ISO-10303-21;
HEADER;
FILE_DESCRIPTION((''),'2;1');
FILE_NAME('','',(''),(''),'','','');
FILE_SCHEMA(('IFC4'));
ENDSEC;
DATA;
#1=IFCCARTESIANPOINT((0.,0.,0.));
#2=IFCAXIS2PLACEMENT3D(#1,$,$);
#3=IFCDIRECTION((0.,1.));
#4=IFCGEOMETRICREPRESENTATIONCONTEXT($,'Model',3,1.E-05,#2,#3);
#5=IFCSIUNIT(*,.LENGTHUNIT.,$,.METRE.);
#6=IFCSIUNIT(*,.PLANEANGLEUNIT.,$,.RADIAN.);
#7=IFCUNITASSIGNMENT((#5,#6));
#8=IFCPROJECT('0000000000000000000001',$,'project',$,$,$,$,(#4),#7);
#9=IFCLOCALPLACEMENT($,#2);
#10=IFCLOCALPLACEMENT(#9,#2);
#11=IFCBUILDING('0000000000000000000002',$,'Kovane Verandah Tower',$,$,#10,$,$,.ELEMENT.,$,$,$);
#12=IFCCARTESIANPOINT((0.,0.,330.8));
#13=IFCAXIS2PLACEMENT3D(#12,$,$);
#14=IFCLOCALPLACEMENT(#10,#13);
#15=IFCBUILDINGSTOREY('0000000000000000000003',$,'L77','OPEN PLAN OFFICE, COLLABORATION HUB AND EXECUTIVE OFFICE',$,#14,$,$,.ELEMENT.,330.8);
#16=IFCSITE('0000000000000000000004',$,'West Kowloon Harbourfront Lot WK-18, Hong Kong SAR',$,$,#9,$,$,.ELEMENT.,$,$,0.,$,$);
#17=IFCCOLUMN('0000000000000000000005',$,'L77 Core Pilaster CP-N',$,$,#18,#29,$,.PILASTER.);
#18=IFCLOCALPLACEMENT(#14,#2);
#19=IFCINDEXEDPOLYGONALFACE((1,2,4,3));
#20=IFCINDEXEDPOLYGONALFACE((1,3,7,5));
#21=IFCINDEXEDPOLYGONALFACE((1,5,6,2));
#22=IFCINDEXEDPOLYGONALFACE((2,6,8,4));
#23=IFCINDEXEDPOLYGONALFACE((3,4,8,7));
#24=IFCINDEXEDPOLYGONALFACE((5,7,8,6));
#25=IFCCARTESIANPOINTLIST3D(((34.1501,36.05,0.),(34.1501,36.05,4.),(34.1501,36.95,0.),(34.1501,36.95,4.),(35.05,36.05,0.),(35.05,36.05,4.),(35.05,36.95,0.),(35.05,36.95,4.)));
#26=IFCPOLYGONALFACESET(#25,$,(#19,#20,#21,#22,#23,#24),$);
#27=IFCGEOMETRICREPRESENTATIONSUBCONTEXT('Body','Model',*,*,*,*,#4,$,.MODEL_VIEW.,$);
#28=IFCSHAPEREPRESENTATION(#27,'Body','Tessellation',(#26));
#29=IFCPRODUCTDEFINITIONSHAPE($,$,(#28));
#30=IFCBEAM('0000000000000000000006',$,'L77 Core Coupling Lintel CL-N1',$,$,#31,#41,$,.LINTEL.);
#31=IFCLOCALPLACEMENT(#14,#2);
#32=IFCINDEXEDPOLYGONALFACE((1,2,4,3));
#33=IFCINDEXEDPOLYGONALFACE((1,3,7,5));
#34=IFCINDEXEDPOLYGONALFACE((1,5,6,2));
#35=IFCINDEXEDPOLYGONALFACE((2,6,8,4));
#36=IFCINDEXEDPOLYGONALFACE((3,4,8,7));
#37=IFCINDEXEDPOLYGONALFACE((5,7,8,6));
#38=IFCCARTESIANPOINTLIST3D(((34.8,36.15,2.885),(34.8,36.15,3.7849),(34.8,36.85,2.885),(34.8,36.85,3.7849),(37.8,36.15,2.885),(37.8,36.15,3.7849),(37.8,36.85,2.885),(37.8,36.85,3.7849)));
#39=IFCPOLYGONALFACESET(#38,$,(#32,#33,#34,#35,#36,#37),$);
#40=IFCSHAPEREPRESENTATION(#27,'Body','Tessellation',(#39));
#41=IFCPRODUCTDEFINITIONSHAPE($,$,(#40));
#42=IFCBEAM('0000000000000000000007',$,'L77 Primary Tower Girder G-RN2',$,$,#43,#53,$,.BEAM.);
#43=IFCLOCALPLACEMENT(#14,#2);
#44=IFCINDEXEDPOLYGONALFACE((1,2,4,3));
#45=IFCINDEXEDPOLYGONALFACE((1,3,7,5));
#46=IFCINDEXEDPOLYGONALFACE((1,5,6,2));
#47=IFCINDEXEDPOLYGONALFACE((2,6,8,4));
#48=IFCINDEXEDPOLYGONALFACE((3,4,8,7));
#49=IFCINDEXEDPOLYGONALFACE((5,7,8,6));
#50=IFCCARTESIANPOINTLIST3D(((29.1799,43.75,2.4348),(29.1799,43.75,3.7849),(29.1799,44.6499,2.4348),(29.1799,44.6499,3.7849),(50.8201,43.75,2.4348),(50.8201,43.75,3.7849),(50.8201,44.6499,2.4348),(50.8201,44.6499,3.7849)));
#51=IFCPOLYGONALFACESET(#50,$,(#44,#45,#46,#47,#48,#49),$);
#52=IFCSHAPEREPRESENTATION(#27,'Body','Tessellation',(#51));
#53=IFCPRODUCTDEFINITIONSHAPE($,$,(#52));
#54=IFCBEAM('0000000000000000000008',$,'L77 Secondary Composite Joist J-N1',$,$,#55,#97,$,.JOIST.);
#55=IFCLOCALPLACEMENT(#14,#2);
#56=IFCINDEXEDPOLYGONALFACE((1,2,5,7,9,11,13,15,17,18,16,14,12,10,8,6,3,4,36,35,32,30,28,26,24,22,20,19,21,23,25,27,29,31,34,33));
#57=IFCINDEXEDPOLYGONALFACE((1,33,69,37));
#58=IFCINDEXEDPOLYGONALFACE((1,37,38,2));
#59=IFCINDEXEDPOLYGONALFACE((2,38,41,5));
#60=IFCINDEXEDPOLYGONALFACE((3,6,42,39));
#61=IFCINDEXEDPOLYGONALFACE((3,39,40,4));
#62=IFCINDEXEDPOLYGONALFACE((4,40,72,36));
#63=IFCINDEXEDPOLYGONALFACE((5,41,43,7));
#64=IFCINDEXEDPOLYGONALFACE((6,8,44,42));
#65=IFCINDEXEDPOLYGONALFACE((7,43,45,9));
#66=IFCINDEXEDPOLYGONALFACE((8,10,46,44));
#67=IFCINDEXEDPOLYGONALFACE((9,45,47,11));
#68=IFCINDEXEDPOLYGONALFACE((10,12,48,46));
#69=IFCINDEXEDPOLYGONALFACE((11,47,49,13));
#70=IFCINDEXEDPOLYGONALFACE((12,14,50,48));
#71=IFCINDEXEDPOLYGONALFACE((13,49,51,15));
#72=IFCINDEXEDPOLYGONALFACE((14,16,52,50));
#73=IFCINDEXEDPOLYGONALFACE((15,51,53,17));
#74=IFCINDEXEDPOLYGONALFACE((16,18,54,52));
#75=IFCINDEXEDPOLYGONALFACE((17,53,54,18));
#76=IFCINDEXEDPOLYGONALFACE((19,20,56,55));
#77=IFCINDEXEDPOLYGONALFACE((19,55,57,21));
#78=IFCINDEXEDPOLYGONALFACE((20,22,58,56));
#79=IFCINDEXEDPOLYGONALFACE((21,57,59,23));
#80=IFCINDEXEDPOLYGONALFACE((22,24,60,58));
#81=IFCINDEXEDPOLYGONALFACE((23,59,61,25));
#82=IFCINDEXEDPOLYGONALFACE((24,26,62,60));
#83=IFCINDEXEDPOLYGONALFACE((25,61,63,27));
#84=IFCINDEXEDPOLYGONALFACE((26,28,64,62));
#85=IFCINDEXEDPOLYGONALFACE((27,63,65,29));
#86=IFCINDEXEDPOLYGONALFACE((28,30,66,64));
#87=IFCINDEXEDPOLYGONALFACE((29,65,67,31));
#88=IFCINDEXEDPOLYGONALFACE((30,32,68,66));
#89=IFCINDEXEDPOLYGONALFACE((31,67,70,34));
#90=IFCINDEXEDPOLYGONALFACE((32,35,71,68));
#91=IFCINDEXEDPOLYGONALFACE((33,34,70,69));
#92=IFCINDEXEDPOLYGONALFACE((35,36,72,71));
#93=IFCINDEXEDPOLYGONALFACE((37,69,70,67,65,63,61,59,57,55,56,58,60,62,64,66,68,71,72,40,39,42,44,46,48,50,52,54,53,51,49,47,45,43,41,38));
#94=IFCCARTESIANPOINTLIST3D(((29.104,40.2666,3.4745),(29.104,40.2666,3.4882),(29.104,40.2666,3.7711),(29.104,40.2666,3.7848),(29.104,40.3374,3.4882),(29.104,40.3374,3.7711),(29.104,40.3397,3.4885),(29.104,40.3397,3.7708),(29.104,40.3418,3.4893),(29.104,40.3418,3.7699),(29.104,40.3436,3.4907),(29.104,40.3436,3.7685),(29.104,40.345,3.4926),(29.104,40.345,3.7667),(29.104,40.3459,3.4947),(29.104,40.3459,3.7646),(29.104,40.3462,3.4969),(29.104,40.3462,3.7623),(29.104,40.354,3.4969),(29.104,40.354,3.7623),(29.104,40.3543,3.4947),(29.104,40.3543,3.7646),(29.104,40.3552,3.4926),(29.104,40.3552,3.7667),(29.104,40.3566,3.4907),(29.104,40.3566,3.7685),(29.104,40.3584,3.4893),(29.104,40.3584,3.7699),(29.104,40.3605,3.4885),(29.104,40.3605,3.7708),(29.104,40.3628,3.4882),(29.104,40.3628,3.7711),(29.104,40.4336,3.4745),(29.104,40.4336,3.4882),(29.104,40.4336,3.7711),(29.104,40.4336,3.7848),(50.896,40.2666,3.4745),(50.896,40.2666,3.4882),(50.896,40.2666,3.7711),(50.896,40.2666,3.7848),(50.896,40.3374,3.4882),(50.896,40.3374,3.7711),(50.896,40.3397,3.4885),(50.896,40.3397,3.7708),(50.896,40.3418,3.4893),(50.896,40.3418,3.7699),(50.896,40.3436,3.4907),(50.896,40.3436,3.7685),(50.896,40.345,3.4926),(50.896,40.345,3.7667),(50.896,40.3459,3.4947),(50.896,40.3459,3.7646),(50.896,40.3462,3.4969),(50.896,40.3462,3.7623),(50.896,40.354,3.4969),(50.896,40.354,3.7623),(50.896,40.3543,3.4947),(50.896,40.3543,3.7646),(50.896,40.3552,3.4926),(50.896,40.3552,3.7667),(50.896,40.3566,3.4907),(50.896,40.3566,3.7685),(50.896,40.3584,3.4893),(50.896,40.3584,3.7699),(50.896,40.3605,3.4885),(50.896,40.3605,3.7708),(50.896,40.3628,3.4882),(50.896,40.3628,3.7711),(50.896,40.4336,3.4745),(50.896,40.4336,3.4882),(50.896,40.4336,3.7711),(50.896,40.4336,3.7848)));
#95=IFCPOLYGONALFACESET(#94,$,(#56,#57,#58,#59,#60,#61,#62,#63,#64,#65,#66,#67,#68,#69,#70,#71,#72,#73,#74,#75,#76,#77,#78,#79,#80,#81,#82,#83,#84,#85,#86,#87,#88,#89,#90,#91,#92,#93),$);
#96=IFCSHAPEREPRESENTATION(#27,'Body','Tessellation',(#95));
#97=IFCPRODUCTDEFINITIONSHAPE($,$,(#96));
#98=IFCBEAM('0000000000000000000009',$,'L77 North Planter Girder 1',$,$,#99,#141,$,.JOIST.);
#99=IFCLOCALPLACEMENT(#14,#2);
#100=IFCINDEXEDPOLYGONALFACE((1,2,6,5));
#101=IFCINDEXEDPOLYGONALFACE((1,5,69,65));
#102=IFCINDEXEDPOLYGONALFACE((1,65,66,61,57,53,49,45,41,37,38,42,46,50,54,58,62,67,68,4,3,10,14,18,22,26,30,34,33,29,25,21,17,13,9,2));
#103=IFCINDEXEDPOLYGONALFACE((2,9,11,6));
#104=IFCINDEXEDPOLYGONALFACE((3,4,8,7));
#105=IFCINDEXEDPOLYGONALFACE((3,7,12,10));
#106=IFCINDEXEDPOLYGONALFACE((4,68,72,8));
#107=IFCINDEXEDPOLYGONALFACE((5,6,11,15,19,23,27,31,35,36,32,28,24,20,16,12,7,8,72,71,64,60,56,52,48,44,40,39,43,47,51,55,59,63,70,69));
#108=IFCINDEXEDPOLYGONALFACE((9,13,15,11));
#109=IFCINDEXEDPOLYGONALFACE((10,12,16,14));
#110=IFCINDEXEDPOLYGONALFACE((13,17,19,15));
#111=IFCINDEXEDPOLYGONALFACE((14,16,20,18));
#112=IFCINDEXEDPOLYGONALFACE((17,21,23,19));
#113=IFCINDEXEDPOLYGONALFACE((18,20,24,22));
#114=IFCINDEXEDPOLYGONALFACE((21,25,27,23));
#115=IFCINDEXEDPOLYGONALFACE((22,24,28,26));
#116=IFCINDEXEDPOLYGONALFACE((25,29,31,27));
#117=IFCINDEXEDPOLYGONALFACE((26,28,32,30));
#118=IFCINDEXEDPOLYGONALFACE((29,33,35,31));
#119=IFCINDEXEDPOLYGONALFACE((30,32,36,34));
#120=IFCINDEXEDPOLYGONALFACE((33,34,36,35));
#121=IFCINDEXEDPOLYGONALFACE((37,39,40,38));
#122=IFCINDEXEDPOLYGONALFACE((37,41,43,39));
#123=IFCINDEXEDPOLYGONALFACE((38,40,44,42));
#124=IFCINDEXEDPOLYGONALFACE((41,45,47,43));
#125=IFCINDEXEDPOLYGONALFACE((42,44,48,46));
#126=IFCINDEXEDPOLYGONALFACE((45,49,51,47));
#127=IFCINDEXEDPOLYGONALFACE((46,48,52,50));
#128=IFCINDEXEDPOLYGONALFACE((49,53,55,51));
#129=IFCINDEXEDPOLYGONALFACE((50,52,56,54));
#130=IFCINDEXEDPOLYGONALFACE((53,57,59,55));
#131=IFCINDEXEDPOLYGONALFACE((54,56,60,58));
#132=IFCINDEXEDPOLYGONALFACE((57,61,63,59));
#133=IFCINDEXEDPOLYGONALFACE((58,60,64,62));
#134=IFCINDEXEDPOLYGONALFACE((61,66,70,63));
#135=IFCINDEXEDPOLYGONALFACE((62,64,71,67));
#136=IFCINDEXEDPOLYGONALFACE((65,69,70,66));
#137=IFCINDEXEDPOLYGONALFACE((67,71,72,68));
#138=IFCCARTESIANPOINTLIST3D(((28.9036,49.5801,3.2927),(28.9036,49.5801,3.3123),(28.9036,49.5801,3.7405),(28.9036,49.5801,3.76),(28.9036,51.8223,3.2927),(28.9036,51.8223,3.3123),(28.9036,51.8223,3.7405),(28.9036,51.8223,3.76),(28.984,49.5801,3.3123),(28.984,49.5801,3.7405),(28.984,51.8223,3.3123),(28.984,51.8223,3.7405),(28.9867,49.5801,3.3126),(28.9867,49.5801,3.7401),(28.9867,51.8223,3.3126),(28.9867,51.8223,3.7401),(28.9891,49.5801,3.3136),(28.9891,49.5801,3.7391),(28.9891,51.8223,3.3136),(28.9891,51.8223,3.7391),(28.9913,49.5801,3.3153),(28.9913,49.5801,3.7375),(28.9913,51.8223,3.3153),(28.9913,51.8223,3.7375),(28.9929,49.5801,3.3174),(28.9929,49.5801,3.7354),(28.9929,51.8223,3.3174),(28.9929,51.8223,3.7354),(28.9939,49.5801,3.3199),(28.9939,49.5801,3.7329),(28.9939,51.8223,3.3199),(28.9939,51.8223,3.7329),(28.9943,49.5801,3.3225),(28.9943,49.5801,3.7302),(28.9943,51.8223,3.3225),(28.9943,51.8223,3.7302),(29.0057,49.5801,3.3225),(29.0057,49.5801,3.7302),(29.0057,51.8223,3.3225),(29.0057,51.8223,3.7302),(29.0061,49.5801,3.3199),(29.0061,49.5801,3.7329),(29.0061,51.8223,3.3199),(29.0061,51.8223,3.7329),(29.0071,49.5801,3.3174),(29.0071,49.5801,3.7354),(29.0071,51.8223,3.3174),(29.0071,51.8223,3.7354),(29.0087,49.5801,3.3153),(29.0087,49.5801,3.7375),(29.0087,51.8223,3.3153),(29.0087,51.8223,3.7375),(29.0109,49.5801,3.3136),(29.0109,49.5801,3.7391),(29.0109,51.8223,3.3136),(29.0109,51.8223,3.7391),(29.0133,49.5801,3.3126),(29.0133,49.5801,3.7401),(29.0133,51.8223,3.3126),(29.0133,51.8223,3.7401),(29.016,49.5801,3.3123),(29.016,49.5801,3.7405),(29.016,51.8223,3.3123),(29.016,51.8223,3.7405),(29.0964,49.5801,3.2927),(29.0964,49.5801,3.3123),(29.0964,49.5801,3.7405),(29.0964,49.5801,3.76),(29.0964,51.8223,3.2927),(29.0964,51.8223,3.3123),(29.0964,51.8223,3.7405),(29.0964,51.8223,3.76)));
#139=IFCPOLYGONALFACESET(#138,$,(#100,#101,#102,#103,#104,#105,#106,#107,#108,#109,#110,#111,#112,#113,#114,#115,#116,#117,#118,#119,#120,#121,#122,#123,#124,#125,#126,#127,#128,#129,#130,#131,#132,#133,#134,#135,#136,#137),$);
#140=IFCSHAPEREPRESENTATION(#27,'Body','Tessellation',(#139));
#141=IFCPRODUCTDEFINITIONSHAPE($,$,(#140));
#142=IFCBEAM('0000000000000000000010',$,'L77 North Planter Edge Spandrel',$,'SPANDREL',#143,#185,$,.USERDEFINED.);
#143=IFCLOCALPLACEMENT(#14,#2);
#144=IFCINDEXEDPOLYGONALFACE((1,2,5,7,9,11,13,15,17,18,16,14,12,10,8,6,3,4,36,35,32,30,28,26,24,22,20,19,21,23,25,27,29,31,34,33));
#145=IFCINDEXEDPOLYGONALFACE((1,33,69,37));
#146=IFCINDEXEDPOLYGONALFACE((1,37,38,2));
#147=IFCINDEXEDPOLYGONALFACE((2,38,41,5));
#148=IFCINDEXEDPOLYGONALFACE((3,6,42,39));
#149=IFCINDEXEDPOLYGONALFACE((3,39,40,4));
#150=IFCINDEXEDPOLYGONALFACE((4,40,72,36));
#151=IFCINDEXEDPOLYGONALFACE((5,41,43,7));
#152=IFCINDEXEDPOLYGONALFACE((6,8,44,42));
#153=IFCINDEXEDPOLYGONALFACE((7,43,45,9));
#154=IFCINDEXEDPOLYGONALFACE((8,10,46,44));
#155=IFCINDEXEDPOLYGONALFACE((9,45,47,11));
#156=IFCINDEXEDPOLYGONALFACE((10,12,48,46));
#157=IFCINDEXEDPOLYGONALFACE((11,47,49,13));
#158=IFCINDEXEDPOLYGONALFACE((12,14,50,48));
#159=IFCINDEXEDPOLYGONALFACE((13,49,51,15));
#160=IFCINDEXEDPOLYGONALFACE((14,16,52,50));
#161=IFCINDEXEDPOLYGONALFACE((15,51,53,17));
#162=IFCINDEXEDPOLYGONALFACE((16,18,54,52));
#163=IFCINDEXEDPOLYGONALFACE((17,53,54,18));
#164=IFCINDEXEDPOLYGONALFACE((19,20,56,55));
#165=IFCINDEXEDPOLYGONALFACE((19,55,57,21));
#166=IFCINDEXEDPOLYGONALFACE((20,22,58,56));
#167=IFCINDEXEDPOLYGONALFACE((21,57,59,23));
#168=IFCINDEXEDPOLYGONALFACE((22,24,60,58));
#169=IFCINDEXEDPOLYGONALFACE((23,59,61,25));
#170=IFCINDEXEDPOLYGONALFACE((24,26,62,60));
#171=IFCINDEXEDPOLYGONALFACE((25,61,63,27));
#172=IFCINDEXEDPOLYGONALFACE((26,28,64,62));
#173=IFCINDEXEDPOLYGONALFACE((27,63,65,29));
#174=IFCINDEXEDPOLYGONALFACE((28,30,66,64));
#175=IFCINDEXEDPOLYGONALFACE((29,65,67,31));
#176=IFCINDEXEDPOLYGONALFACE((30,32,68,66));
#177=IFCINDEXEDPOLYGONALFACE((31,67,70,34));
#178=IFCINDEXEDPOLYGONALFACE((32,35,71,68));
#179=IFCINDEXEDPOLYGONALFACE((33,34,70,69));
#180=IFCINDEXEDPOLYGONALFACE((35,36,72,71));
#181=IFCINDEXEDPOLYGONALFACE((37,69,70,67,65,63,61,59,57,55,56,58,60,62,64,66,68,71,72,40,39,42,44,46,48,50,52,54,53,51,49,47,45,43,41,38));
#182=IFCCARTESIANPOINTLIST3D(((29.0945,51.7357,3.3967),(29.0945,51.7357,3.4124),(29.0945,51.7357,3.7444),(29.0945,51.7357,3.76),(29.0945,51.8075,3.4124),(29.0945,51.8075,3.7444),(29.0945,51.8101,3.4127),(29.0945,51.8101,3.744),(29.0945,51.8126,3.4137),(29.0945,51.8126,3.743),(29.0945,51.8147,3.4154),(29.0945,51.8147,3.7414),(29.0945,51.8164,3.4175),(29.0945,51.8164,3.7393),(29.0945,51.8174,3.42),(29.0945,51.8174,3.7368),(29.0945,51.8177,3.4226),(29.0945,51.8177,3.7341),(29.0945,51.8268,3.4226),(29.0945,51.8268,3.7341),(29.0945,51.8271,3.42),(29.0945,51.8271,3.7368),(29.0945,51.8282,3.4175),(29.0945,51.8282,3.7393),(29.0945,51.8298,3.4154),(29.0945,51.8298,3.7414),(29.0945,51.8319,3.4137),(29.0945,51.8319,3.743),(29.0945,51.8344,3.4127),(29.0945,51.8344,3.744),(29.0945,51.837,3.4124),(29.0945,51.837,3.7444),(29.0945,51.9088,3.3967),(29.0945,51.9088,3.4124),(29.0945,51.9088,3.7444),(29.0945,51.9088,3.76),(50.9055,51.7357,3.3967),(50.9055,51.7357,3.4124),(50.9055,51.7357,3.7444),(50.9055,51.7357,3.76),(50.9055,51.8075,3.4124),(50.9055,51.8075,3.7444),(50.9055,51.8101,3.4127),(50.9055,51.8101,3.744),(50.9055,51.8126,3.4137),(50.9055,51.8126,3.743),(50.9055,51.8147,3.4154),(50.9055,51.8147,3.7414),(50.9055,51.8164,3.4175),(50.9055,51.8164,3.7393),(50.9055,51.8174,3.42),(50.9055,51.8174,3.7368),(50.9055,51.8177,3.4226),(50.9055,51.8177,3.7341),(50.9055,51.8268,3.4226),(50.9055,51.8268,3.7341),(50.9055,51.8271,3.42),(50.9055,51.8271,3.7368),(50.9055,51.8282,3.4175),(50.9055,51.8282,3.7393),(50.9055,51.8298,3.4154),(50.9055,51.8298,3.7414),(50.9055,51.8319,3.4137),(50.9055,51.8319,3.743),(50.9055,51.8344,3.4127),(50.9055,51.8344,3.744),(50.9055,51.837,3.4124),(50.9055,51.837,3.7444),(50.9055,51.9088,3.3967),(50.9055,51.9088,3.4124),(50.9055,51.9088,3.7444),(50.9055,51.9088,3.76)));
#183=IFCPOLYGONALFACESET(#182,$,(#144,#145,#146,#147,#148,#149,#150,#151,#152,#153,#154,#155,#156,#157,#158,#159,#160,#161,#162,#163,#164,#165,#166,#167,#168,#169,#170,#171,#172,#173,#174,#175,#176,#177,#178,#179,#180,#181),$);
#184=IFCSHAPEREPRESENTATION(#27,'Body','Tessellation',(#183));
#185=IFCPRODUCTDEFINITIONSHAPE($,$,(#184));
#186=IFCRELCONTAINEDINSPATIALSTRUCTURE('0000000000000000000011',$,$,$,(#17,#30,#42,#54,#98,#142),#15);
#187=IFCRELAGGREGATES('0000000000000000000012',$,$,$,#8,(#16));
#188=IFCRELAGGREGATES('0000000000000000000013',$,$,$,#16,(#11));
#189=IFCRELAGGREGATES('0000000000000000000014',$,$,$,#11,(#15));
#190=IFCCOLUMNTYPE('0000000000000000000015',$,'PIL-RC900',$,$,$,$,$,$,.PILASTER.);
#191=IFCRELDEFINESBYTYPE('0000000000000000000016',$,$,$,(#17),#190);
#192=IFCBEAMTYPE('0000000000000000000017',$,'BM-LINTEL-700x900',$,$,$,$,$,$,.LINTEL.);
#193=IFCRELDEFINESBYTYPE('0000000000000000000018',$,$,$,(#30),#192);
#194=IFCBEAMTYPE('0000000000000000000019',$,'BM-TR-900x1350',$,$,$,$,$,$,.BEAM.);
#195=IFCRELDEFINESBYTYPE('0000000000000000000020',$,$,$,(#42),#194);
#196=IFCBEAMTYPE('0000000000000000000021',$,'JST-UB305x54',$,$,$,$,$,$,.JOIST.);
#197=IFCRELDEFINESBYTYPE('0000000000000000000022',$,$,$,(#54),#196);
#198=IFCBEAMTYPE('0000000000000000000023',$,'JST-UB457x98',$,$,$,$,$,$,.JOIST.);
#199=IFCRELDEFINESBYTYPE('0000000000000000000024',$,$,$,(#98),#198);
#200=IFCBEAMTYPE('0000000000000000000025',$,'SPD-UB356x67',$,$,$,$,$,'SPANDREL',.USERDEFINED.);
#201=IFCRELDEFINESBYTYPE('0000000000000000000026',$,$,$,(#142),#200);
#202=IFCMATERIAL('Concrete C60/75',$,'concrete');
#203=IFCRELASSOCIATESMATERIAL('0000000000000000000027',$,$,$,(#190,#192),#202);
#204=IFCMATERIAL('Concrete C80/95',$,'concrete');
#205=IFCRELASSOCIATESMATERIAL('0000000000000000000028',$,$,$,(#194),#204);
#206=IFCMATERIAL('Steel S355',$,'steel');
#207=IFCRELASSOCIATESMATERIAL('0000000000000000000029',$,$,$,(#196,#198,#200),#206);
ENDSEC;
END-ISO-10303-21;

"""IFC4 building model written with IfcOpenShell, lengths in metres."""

from ifc_helpers import new_model, si_unit, direction, frame, origin, origin_2d, place, context, subcontext, project, spatial, rectangle, i_section, extrude, material, material_profile, profile_set, type_object, element, save


model = new_model("IFC4")

# Units and contexts
model_context = context("Model", 3, precision=1e-05, world=origin(), true_north=direction((0.0, 1.0)))
body_context = subcontext(model_context, "Body", "Model", "MODEL_VIEW")
ifc_project = project(units=[si_unit("LENGTHUNIT", "METRE"), si_unit("PLANEANGLEUNIT", "RADIAN")], contexts=[model_context])

# Site, building, storey
site_placement = place(None, origin())
site = spatial("IfcSite", under=ifc_project, at=site_placement, Name="West Kowloon Harbourfront Lot WK-18, Hong Kong SAR", CompositionType="ELEMENT", RefElevation=0.0)
building_placement = place(site_placement, origin())
building = spatial("IfcBuilding", under=site, at=building_placement, Name="Kovane Verandah Tower", CompositionType="ELEMENT")
storey_placement = place(building_placement, frame((0.0, 0.0, 330.8)))
storey = spatial("IfcBuildingStorey", under=building, at=storey_placement, Name="L77", Description="OPEN PLAN OFFICE, COLLABORATION HUB AND EXECUTIVE OFFICE", CompositionType="ELEMENT", Elevation=330.8)

# Column
ifc_material_1 = material(Name="Concrete C60/75", Category="concrete")
ifc_material_profile_1 = material_profile(ifc_material_1, rectangle(XDim=0.8999, YDim=0.8999, at=origin_2d()), Name="RC900x900")
ifc_profile_set_1 = profile_set([ifc_material_profile_1], Name="Concrete C60/75")
column_type = type_object("IfcColumnType", Name="PIL-RC900", PredefinedType="PILASTER", material=ifc_profile_set_1)
column_placement = place(storey_placement, frame((34.6001, 36.5, 0.0), z_axis=(0.0, 0.0, 1.0), x_axis=(1.0, 0.0, 0.0)))
element("IfcColumn", 1, at=column_placement, inside=storey, type_object=column_type, Name="L77 Core Pilaster CP-N", PredefinedType="PILASTER", context=body_context, shape_type="SweptSolid", body=[
    extrude(rectangle(XDim=0.8999, YDim=0.8999, at=origin_2d()), origin(), (0.0, 0.0, 1.0), 4.0),
])

# Beams
ifc_material_profile_2 = material_profile(ifc_material_1, rectangle(XDim=0.7, YDim=0.8999, at=origin_2d()), Name="RCB700x900")
ifc_profile_set_2 = profile_set([ifc_material_profile_2], Name="Concrete C60/75")
beam_type_1 = type_object("IfcBeamType", Name="BM-LINTEL-700x900", PredefinedType="LINTEL", material=ifc_profile_set_2)
beam_1_placement = place(storey_placement, frame((34.8, 36.5, 3.335), z_axis=(1.0, 0.0, 0.0), x_axis=(0.0, 1.0, 0.0)))
element("IfcBeam", 2, at=beam_1_placement, inside=storey, type_object=beam_type_1, Name="L77 Core Coupling Lintel CL-N1", PredefinedType="LINTEL", context=body_context, shape_type="SweptSolid", body=[
    extrude(rectangle(XDim=0.7, YDim=0.8999, at=origin_2d()), origin(), (0.0, 0.0, 1.0), 3.0),
])
ifc_material_2 = material(Name="Concrete C80/95", Category="concrete")
ifc_material_profile_3 = material_profile(ifc_material_2, rectangle(XDim=0.8999, YDim=1.3501, at=origin_2d()), Name="RCB900x1350")
ifc_profile_set_3 = profile_set([ifc_material_profile_3], Name="Concrete C80/95")
beam_type_2 = type_object("IfcBeamType", Name="BM-TR-900x1350", PredefinedType="BEAM", material=ifc_profile_set_3)
beam_2_placement = place(storey_placement, frame((29.1799, 44.2, 3.1099), z_axis=(1.0, 0.0, 0.0), x_axis=(0.0, 1.0, 0.0)))
element("IfcBeam", 3, at=beam_2_placement, inside=storey, type_object=beam_type_2, Name="L77 Primary Tower Girder G-RN2", PredefinedType="BEAM", context=body_context, shape_type="SweptSolid", body=[
    extrude(rectangle(XDim=0.8999, YDim=1.3501, at=origin_2d()), origin(), (0.0, 0.0, 1.0), 21.6401),
])
ifc_material_3 = material(Name="Steel S355", Category="steel")
ifc_material_profile_4 = material_profile(ifc_material_3, i_section(OverallWidth=0.167, OverallDepth=0.3103, WebThickness=0.0078, FlangeThickness=0.0137, FilletRadius=0.0088, at=origin_2d()), Name="UB305x165x54")
ifc_profile_set_4 = profile_set([ifc_material_profile_4], Name="Steel S355")
beam_type_3 = type_object("IfcBeamType", Name="JST-UB305x54", PredefinedType="JOIST", material=ifc_profile_set_4)
beam_3_placement = place(storey_placement, frame((29.104, 40.3501, 3.6296), z_axis=(1.0, 0.0, 0.0), x_axis=(0.0, 1.0, 0.0)))
element("IfcBeam", 4, at=beam_3_placement, inside=storey, type_object=beam_type_3, Name="L77 Secondary Composite Joist J-N1", PredefinedType="JOIST", context=body_context, shape_type="SweptSolid", body=[
    extrude(i_section(OverallWidth=0.167, OverallDepth=0.3103, WebThickness=0.0078, FlangeThickness=0.0137, FilletRadius=0.0088, at=origin_2d()), origin(), (0.0, 0.0, 1.0), 21.792),
])
ifc_material_profile_5 = material_profile(ifc_material_3, i_section(OverallWidth=0.1929, OverallDepth=0.4673, WebThickness=0.0115, FlangeThickness=0.0195, FilletRadius=0.0103, at=origin_2d()), Name="UB457x191x98")
ifc_profile_set_5 = profile_set([ifc_material_profile_5], Name="Steel S355")
beam_type_4 = type_object("IfcBeamType", Name="JST-UB457x98", PredefinedType="JOIST", material=ifc_profile_set_5)
beam_4_placement = place(storey_placement, frame((29.0, 49.5801, 3.5264), z_axis=(0.0, 1.0, 0.0), x_axis=(-1.0, 0.0, 0.0)))
element("IfcBeam", 5, at=beam_4_placement, inside=storey, type_object=beam_type_4, Name="L77 North Planter Girder 1", PredefinedType="JOIST", context=body_context, shape_type="SweptSolid", body=[
    extrude(i_section(OverallWidth=0.1929, OverallDepth=0.4673, WebThickness=0.0115, FlangeThickness=0.0195, FilletRadius=0.0103, at=origin_2d()), origin(), (0.0, 0.0, 1.0), 2.2422),
])
ifc_material_profile_6 = material_profile(ifc_material_3, i_section(OverallWidth=0.1731, OverallDepth=0.3633, WebThickness=0.009, FlangeThickness=0.0156, FilletRadius=0.0103, at=origin_2d()), Name="UB356x171x67")
ifc_profile_set_6 = profile_set([ifc_material_profile_6], Name="Steel S355")
beam_type_5 = type_object("IfcBeamType", Name="SPD-UB356x67", ElementType="SPANDREL", PredefinedType="USERDEFINED", material=ifc_profile_set_6)
beam_5_placement = place(storey_placement, frame((29.0945, 51.8223, 3.5784), z_axis=(1.0, 0.0, 0.0), x_axis=(0.0, 1.0, 0.0)))
element("IfcBeam", 6, at=beam_5_placement, inside=storey, type_object=beam_type_5, Name="L77 North Planter Edge Spandrel", ObjectType="SPANDREL", PredefinedType="USERDEFINED", context=body_context, shape_type="SweptSolid", body=[
    extrude(i_section(OverallWidth=0.1731, OverallDepth=0.3633, WebThickness=0.009, FlangeThickness=0.0156, FilletRadius=0.0103, at=origin_2d()), origin(), (0.0, 0.0, 1.0), 21.811),
])

save(model, "model.ifc")
